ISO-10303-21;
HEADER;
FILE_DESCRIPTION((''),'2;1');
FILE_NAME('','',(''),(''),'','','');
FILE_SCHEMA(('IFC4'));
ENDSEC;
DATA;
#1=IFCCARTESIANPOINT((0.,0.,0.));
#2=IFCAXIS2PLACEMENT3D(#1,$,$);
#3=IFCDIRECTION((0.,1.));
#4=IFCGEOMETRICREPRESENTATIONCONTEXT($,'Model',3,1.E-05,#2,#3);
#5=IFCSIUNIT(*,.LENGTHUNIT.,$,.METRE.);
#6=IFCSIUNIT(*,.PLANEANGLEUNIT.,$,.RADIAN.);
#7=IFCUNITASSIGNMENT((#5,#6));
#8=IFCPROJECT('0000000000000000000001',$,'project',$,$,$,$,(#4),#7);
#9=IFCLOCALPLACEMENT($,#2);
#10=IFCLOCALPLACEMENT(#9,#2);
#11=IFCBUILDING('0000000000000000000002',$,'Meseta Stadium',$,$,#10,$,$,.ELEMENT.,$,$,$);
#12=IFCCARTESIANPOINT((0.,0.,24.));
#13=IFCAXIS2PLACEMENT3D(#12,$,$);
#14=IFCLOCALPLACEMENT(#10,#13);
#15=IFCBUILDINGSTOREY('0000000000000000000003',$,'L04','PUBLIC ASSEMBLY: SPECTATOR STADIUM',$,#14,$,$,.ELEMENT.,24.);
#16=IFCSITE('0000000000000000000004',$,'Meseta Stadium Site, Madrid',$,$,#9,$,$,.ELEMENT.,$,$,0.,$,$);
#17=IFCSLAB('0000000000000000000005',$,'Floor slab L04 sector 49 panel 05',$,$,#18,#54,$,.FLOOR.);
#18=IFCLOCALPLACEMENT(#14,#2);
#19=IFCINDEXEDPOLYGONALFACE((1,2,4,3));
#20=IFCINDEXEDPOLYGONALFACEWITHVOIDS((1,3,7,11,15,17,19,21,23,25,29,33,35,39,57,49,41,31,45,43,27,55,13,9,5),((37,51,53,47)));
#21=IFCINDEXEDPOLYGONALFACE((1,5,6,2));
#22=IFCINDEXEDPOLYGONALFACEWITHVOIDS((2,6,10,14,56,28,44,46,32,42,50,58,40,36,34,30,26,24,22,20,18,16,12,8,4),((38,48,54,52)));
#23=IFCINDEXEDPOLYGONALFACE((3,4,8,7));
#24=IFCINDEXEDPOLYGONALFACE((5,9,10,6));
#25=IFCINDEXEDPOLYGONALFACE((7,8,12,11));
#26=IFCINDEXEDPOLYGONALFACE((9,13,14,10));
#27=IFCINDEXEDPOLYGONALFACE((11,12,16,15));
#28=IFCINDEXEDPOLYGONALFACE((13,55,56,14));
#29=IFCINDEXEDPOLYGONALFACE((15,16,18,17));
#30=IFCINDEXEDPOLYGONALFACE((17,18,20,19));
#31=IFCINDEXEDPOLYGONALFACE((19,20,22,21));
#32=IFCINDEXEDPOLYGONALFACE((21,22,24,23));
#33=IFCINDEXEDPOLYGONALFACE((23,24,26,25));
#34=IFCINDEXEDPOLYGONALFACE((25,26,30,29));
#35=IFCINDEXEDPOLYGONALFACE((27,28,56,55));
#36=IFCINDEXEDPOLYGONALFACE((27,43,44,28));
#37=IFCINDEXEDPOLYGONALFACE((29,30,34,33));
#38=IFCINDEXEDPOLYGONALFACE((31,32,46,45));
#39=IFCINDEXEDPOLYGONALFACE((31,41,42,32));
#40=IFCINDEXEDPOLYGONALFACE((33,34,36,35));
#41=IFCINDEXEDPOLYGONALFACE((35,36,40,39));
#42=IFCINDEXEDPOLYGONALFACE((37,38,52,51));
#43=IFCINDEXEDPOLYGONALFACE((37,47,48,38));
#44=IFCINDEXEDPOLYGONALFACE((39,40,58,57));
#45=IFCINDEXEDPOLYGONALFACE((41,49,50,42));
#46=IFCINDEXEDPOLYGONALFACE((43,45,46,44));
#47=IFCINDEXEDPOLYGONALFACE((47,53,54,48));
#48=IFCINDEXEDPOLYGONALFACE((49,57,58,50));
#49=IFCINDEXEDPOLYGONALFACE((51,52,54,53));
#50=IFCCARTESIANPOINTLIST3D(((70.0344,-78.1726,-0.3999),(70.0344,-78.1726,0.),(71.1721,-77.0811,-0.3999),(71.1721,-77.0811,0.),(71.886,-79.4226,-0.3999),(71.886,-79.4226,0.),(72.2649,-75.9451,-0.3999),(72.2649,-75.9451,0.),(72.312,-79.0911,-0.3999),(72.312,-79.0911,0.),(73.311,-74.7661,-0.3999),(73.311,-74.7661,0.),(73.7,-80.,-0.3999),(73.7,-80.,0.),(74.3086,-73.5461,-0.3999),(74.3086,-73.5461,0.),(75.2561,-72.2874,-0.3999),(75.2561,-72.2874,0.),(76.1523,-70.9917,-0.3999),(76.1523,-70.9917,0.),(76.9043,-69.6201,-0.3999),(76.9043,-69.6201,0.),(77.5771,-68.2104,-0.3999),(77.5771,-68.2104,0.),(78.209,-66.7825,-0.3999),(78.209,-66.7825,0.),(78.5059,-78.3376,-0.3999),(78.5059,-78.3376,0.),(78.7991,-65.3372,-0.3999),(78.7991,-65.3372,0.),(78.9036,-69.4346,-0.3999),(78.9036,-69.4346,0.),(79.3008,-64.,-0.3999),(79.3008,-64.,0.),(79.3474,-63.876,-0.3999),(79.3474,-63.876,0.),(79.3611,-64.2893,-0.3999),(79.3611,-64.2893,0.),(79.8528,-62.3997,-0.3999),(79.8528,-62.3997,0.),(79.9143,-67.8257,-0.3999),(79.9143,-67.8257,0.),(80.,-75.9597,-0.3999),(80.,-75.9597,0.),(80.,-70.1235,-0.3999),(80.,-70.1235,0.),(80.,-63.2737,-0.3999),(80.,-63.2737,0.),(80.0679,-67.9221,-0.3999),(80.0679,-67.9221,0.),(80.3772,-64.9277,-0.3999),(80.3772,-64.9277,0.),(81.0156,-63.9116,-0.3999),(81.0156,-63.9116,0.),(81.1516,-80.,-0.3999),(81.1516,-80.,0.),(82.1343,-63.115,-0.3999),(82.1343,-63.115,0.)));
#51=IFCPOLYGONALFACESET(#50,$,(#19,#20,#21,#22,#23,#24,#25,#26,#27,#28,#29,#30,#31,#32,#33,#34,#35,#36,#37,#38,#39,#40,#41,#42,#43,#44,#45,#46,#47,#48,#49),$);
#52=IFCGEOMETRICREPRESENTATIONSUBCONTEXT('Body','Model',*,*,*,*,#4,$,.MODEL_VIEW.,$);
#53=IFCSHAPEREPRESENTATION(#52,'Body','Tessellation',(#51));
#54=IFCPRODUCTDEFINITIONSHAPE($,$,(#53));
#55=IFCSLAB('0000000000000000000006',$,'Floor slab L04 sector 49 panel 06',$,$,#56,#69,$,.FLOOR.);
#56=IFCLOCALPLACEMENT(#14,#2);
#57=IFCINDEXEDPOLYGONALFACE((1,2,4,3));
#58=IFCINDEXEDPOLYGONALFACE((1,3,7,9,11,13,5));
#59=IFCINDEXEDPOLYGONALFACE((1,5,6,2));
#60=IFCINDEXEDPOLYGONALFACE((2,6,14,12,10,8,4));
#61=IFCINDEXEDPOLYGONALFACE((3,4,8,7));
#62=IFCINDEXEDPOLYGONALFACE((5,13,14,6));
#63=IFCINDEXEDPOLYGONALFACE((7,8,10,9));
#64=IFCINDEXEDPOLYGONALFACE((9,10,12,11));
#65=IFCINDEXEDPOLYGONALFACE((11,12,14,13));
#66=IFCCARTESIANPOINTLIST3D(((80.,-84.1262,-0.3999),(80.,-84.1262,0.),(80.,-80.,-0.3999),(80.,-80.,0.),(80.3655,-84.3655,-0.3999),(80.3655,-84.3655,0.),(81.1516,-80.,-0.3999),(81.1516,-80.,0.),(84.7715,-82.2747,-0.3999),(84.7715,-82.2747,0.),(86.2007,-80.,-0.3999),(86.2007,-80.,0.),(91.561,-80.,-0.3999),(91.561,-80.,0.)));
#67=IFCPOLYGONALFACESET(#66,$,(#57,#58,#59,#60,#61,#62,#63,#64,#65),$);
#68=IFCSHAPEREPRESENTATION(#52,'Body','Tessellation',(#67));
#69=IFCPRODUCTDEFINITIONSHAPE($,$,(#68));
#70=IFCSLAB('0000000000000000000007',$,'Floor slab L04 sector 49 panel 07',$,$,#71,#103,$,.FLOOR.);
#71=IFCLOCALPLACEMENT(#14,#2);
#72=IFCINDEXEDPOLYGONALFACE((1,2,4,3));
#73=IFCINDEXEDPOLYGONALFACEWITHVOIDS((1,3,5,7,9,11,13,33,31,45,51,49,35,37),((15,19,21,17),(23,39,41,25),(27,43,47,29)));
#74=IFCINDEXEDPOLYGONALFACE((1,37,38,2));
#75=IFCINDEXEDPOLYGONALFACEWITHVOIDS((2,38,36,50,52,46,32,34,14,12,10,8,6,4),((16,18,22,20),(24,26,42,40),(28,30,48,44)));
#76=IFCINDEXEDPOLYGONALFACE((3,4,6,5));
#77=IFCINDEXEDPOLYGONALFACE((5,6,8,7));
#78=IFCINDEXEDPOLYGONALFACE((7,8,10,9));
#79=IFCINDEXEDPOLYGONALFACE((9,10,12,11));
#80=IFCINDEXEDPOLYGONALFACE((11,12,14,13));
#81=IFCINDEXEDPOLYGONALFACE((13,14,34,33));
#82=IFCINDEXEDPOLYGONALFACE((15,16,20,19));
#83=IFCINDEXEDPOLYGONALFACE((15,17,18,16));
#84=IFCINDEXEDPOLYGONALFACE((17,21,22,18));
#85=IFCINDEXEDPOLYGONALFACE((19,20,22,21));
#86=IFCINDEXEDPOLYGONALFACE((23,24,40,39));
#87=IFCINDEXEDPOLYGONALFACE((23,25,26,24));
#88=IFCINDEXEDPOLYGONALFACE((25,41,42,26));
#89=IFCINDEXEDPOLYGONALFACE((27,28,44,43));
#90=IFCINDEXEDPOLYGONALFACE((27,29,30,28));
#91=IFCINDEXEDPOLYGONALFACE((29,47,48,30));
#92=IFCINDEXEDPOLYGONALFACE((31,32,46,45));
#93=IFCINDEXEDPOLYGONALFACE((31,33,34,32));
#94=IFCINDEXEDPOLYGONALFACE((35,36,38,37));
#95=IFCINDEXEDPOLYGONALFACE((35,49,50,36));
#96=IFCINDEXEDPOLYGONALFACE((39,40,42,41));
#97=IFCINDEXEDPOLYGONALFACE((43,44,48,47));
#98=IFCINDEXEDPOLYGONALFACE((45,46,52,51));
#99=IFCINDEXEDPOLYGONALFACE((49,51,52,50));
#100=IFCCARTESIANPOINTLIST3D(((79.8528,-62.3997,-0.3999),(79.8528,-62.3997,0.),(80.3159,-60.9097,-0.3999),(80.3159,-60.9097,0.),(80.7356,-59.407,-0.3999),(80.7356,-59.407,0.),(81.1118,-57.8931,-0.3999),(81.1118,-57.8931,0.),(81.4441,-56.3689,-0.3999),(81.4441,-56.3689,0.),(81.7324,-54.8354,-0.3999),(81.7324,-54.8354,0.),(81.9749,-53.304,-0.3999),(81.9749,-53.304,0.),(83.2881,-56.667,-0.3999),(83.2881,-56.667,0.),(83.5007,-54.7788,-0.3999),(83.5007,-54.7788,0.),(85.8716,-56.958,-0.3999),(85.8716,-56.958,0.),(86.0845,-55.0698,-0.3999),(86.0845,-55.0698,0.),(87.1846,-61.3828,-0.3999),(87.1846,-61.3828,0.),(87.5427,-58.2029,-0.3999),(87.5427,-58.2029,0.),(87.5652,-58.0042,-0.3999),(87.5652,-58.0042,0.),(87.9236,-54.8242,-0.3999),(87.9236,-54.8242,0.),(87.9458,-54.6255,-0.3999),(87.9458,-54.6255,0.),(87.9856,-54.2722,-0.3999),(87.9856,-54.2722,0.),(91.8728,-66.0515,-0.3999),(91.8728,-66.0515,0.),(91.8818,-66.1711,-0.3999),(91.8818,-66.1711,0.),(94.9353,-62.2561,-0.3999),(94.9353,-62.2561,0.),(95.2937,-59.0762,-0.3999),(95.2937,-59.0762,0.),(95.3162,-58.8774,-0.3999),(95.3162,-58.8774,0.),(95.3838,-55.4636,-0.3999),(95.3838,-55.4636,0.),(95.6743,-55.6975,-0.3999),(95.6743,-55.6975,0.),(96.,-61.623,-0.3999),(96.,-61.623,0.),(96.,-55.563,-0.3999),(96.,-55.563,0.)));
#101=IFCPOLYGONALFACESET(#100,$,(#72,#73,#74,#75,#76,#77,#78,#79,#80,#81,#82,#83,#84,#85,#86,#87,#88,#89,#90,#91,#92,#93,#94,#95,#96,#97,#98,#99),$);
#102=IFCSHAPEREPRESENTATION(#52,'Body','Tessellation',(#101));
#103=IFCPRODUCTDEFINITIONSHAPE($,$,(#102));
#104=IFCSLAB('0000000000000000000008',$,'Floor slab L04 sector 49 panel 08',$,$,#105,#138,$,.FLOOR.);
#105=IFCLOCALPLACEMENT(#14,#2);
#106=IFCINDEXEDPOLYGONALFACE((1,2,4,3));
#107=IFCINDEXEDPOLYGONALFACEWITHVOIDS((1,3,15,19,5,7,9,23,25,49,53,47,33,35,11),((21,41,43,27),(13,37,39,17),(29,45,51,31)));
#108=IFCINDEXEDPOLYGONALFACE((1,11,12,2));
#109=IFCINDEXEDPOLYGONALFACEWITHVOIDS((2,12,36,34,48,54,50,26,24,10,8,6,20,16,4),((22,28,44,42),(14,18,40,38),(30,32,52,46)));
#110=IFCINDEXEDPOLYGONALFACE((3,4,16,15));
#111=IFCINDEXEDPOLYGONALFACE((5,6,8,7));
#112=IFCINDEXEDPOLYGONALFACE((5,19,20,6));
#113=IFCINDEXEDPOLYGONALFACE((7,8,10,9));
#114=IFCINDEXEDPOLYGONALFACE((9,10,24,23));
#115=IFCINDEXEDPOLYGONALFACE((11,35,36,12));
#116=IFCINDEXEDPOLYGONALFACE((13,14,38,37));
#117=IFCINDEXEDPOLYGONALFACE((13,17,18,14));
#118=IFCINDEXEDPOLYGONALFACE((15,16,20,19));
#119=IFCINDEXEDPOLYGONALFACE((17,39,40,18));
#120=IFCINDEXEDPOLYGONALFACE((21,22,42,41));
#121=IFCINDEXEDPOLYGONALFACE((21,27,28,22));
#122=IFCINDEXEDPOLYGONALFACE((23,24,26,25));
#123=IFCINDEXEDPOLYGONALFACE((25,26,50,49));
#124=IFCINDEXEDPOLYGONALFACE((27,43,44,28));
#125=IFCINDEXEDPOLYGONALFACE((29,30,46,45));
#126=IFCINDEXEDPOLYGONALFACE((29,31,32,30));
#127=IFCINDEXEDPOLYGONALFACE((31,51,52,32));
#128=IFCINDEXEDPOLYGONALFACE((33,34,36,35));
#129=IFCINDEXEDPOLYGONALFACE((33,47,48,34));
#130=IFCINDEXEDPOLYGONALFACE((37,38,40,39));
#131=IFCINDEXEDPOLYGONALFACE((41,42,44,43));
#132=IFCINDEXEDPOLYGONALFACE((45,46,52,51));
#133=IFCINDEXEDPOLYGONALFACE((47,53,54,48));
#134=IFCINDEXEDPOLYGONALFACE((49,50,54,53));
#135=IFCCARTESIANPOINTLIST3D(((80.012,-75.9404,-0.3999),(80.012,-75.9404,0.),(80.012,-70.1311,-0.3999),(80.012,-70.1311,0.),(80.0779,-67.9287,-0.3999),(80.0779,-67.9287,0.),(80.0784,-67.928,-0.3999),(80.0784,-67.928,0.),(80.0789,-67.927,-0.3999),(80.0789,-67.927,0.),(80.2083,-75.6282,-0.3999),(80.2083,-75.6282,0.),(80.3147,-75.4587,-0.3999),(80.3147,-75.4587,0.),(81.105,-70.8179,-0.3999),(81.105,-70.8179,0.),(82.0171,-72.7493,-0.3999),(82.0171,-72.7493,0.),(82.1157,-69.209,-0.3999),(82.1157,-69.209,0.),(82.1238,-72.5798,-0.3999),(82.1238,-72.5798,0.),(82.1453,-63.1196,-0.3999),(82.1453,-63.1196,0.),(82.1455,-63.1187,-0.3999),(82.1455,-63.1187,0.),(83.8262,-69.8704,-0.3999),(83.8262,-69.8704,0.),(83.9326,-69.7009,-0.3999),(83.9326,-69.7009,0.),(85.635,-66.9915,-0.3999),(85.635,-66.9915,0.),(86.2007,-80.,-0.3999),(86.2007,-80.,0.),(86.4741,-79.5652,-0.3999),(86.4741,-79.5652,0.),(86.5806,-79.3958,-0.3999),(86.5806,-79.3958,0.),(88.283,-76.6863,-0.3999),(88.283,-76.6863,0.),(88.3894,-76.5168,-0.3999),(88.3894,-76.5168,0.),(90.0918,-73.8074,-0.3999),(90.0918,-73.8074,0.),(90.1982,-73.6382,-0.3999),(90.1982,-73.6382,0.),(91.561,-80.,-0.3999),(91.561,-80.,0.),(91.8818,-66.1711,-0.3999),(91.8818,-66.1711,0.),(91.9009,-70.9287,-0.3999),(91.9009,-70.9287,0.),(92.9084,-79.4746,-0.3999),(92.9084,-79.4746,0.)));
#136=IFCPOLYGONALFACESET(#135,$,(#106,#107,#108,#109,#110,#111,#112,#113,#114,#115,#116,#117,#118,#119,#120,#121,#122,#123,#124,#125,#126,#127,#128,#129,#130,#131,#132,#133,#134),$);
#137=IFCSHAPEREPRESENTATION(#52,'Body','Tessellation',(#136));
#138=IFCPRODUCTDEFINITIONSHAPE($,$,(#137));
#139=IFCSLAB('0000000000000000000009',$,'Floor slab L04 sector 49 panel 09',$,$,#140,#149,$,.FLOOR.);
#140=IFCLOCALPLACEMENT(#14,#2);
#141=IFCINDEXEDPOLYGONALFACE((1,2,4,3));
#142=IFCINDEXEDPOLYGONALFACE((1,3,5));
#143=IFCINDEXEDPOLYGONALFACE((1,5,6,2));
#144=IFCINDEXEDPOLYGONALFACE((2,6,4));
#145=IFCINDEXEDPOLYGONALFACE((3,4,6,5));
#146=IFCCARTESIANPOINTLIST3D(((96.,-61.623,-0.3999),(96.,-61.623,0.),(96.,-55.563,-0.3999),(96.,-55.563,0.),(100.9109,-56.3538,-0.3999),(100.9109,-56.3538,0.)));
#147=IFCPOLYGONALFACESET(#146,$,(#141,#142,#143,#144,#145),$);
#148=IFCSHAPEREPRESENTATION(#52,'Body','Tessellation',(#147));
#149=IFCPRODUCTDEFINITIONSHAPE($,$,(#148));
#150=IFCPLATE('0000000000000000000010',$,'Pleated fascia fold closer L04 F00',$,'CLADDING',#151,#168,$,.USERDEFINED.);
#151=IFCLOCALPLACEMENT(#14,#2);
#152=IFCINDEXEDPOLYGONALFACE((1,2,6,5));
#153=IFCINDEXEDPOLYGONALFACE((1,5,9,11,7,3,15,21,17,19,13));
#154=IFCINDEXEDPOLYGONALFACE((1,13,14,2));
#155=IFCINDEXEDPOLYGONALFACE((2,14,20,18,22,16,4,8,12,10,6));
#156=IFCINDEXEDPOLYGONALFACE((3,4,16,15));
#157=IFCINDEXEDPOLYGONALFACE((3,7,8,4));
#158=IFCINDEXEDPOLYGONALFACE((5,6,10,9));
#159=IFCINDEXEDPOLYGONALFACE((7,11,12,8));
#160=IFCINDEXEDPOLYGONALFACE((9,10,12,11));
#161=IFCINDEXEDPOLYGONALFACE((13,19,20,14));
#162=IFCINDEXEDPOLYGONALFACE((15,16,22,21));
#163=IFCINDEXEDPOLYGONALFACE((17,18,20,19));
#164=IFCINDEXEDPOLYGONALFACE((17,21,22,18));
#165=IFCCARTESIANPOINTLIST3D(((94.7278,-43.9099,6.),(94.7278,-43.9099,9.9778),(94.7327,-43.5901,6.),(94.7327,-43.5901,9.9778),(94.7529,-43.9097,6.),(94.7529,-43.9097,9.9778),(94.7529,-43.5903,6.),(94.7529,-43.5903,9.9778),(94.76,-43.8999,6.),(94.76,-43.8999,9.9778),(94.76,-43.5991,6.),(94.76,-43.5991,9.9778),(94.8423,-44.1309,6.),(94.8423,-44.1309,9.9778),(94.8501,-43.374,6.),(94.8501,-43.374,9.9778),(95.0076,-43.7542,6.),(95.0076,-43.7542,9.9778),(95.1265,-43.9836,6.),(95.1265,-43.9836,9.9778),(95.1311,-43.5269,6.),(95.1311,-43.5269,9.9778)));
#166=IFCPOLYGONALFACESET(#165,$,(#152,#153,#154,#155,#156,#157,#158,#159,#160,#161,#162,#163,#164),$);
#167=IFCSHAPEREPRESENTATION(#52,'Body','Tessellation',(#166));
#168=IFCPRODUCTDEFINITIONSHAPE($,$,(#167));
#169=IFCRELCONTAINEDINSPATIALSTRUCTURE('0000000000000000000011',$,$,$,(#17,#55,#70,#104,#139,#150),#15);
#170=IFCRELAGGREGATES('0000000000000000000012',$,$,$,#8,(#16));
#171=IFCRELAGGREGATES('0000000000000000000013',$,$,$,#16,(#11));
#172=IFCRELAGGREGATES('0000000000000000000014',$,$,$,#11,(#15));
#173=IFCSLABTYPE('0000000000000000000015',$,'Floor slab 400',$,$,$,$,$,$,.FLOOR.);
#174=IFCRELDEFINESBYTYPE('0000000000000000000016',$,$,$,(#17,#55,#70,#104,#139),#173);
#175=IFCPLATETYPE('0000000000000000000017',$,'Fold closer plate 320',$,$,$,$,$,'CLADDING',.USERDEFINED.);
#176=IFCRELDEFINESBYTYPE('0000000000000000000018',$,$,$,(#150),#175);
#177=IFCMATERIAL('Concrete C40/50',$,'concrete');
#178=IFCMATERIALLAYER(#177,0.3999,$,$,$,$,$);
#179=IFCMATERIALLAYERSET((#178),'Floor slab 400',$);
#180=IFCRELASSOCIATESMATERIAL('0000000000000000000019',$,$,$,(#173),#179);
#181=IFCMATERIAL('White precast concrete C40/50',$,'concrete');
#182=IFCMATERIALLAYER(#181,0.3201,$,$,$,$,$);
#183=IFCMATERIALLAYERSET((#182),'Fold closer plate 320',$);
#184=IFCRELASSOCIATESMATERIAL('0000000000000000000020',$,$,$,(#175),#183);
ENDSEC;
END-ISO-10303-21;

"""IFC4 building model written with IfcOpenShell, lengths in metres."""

from ifc_helpers import new_model, si_unit, direction, frame, origin, place, context, subcontext, project, spatial, polyline, outline, extrude, material, layer, layer_set, type_object, element, save


model = new_model("IFC4")

# Units and contexts
model_context = context("Model", 3, precision=1e-05, world=origin(), true_north=direction((0.0, 1.0)))
body_context = subcontext(model_context, "Body", "Model", "MODEL_VIEW")
ifc_project = project(units=[si_unit("LENGTHUNIT", "METRE"), si_unit("PLANEANGLEUNIT", "RADIAN")], contexts=[model_context])

# Site, building, storey
site_placement = place(None, origin())
site = spatial("IfcSite", under=ifc_project, at=site_placement, Name="Meseta Stadium Site, Madrid", CompositionType="ELEMENT", RefElevation=0.0)
building_placement = place(site_placement, origin())
building = spatial("IfcBuilding", under=site, at=building_placement, Name="Meseta Stadium", CompositionType="ELEMENT")
storey_placement = place(building_placement, frame((0.0, 0.0, 24.0)))
storey = spatial("IfcBuildingStorey", under=building, at=storey_placement, Name="L04", Description="PUBLIC ASSEMBLY: SPECTATOR STADIUM", CompositionType="ELEMENT", Elevation=24.0)

# Slabs
ifc_material_1 = material(Name="Concrete C40/50", Category="concrete")
ifc_layer_1 = layer(ifc_material_1, 0.3999)
ifc_layer_set_1 = layer_set([ifc_layer_1], Name="Floor slab 400")
slab_type = type_object("IfcSlabType", Name="Floor slab 400", PredefinedType="FLOOR", material=ifc_layer_set_1)
slab_1_placement = place(storey_placement, frame((0.0, 0.0, -0.3999)))
element("IfcSlab", 1, at=slab_1_placement, inside=storey, type_object=slab_type, Name="Floor slab L04 sector 49 panel 05", PredefinedType="FLOOR", context=body_context, shape_type="SweptSolid", body=[
    extrude(outline(polyline([(72.2649, -75.9451), (71.1721, -77.0811), (70.0344, -78.1726), (71.886, -79.4226), (72.312, -79.0911), (73.7, -80.0), (81.1516, -80.0), (78.5059, -78.3376), (80.0, -75.9597), (80.0, -70.1235), (78.9036, -69.4346), (79.9143, -67.8257), (80.0679, -67.9221), (82.1343, -63.115), (79.8528, -62.3997), (79.3474, -63.876), (79.3008, -64.0), (78.7991, -65.3372), (78.209, -66.7825), (77.5771, -68.2104), (76.9043, -69.6201), (76.1523, -70.9917), (75.2561, -72.2874), (74.3086, -73.5461), (73.311, -74.7661), (72.2649, -75.9451)]), holes=[polyline([(80.3772, -64.9277), (79.3611, -64.2893), (80.0, -63.2737), (81.0156, -63.9116), (80.3772, -64.9277)])]), origin(), (0.0, 0.0, 1.0), 0.3999),
])
slab_2_placement = place(storey_placement, frame((0.0, 0.0, -0.3999)))
element("IfcSlab", 2, at=slab_2_placement, inside=storey, type_object=slab_type, Name="Floor slab L04 sector 49 panel 06", PredefinedType="FLOOR", context=body_context, shape_type="SweptSolid", body=[
    extrude(outline(polyline([(80.0, -80.0), (80.0, -84.1262), (80.3655, -84.3655), (91.561, -80.0), (86.2007, -80.0), (84.7715, -82.2747), (81.1516, -80.0), (80.0, -80.0)])), origin(), (0.0, 0.0, 1.0), 0.3999),
])
slab_3_placement = place(storey_placement, frame((0.0, 0.0, -0.3999)))
element("IfcSlab", 3, at=slab_3_placement, inside=storey, type_object=slab_type, Name="Floor slab L04 sector 49 panel 07", PredefinedType="FLOOR", context=body_context, shape_type="SweptSolid", body=[
    extrude(outline(polyline([(95.3838, -55.4636), (87.9458, -54.6255), (87.9856, -54.2722), (81.9749, -53.304), (81.7324, -54.8354), (81.4441, -56.3689), (81.1118, -57.8931), (80.7356, -59.407), (80.3159, -60.9097), (79.8528, -62.3997), (91.8818, -66.1711), (91.8728, -66.0515), (96.0, -61.623), (96.0, -55.563), (95.3838, -55.4636)]), holes=[polyline([(86.0845, -55.0698), (85.8716, -56.958), (83.2881, -56.667), (83.5007, -54.7788), (86.0845, -55.0698)]), polyline([(87.1846, -61.3828), (87.5427, -58.2029), (95.2937, -59.0762), (94.9353, -62.2561), (87.1846, -61.3828)]), polyline([(87.5652, -58.0042), (87.9236, -54.8242), (95.6743, -55.6975), (95.3162, -58.8774), (87.5652, -58.0042)])]), origin(), (0.0, 0.0, 1.0), 0.3999),
])
slab_4_placement = place(storey_placement, frame((0.0, 0.0, -0.3999)))
element("IfcSlab", 4, at=slab_4_placement, inside=storey, type_object=slab_type, Name="Floor slab L04 sector 49 panel 08", PredefinedType="FLOOR", context=body_context, shape_type="SweptSolid", body=[
    extrude(outline(polyline([(91.8818, -66.1711), (82.1455, -63.1187), (82.1453, -63.1196), (80.0789, -67.927), (80.0784, -67.928), (80.0779, -67.9287), (82.1157, -69.209), (81.105, -70.8179), (80.012, -70.1311), (80.012, -75.9404), (80.2083, -75.6282), (86.4741, -79.5652), (86.2007, -80.0), (91.561, -80.0), (92.9084, -79.4746), (91.8818, -66.1711)]), holes=[polyline([(80.3147, -75.4587), (82.0171, -72.7493), (88.283, -76.6863), (86.5806, -79.3958), (80.3147, -75.4587)]), polyline([(88.3894, -76.5168), (82.1238, -72.5798), (83.8262, -69.8704), (90.0918, -73.8074), (88.3894, -76.5168)]), polyline([(90.1982, -73.6382), (83.9326, -69.7009), (85.635, -66.9915), (91.9009, -70.9287), (90.1982, -73.6382)])]), origin(), (0.0, 0.0, 1.0), 0.3999),
])
slab_5_placement = place(storey_placement, frame((0.0, 0.0, -0.3999)))
element("IfcSlab", 5, at=slab_5_placement, inside=storey, type_object=slab_type, Name="Floor slab L04 sector 49 panel 09", PredefinedType="FLOOR", context=body_context, shape_type="SweptSolid", body=[
    extrude(outline(polyline([(96.0, -61.623), (100.9109, -56.3538), (96.0, -55.563), (96.0, -61.623)])), origin(), (0.0, 0.0, 1.0), 0.3999),
])

# Plate
ifc_material_2 = material(Name="White precast concrete C40/50", Category="concrete")
ifc_layer_2 = layer(ifc_material_2, 0.3201)
ifc_layer_set_2 = layer_set([ifc_layer_2], Name="Fold closer plate 320")
plate_type = type_object("IfcPlateType", Name="Fold closer plate 320", ElementType="CLADDING", PredefinedType="USERDEFINED", material=ifc_layer_set_2)
plate_1_placement = place(storey_placement, frame((0.0, 0.0, 6.0)))
element("IfcPlate", 6, at=plate_1_placement, inside=storey, type_object=plate_type, Name="Pleated fascia fold closer L04 F00", ObjectType="CLADDING", PredefinedType="USERDEFINED", context=body_context, shape_type="SweptSolid", body=[
    extrude(outline(polyline([(94.7278, -43.9099), (94.8423, -44.1309), (95.1265, -43.9836), (95.0076, -43.7542), (95.1311, -43.5269), (94.8501, -43.374), (94.7327, -43.5901), (94.7529, -43.5903), (94.76, -43.5991), (94.76, -43.8999), (94.7529, -43.9097), (94.7278, -43.9099)])), origin(), (0.0, 0.0, 1.0), 3.9778),
])

save(model, "model.ifc")
